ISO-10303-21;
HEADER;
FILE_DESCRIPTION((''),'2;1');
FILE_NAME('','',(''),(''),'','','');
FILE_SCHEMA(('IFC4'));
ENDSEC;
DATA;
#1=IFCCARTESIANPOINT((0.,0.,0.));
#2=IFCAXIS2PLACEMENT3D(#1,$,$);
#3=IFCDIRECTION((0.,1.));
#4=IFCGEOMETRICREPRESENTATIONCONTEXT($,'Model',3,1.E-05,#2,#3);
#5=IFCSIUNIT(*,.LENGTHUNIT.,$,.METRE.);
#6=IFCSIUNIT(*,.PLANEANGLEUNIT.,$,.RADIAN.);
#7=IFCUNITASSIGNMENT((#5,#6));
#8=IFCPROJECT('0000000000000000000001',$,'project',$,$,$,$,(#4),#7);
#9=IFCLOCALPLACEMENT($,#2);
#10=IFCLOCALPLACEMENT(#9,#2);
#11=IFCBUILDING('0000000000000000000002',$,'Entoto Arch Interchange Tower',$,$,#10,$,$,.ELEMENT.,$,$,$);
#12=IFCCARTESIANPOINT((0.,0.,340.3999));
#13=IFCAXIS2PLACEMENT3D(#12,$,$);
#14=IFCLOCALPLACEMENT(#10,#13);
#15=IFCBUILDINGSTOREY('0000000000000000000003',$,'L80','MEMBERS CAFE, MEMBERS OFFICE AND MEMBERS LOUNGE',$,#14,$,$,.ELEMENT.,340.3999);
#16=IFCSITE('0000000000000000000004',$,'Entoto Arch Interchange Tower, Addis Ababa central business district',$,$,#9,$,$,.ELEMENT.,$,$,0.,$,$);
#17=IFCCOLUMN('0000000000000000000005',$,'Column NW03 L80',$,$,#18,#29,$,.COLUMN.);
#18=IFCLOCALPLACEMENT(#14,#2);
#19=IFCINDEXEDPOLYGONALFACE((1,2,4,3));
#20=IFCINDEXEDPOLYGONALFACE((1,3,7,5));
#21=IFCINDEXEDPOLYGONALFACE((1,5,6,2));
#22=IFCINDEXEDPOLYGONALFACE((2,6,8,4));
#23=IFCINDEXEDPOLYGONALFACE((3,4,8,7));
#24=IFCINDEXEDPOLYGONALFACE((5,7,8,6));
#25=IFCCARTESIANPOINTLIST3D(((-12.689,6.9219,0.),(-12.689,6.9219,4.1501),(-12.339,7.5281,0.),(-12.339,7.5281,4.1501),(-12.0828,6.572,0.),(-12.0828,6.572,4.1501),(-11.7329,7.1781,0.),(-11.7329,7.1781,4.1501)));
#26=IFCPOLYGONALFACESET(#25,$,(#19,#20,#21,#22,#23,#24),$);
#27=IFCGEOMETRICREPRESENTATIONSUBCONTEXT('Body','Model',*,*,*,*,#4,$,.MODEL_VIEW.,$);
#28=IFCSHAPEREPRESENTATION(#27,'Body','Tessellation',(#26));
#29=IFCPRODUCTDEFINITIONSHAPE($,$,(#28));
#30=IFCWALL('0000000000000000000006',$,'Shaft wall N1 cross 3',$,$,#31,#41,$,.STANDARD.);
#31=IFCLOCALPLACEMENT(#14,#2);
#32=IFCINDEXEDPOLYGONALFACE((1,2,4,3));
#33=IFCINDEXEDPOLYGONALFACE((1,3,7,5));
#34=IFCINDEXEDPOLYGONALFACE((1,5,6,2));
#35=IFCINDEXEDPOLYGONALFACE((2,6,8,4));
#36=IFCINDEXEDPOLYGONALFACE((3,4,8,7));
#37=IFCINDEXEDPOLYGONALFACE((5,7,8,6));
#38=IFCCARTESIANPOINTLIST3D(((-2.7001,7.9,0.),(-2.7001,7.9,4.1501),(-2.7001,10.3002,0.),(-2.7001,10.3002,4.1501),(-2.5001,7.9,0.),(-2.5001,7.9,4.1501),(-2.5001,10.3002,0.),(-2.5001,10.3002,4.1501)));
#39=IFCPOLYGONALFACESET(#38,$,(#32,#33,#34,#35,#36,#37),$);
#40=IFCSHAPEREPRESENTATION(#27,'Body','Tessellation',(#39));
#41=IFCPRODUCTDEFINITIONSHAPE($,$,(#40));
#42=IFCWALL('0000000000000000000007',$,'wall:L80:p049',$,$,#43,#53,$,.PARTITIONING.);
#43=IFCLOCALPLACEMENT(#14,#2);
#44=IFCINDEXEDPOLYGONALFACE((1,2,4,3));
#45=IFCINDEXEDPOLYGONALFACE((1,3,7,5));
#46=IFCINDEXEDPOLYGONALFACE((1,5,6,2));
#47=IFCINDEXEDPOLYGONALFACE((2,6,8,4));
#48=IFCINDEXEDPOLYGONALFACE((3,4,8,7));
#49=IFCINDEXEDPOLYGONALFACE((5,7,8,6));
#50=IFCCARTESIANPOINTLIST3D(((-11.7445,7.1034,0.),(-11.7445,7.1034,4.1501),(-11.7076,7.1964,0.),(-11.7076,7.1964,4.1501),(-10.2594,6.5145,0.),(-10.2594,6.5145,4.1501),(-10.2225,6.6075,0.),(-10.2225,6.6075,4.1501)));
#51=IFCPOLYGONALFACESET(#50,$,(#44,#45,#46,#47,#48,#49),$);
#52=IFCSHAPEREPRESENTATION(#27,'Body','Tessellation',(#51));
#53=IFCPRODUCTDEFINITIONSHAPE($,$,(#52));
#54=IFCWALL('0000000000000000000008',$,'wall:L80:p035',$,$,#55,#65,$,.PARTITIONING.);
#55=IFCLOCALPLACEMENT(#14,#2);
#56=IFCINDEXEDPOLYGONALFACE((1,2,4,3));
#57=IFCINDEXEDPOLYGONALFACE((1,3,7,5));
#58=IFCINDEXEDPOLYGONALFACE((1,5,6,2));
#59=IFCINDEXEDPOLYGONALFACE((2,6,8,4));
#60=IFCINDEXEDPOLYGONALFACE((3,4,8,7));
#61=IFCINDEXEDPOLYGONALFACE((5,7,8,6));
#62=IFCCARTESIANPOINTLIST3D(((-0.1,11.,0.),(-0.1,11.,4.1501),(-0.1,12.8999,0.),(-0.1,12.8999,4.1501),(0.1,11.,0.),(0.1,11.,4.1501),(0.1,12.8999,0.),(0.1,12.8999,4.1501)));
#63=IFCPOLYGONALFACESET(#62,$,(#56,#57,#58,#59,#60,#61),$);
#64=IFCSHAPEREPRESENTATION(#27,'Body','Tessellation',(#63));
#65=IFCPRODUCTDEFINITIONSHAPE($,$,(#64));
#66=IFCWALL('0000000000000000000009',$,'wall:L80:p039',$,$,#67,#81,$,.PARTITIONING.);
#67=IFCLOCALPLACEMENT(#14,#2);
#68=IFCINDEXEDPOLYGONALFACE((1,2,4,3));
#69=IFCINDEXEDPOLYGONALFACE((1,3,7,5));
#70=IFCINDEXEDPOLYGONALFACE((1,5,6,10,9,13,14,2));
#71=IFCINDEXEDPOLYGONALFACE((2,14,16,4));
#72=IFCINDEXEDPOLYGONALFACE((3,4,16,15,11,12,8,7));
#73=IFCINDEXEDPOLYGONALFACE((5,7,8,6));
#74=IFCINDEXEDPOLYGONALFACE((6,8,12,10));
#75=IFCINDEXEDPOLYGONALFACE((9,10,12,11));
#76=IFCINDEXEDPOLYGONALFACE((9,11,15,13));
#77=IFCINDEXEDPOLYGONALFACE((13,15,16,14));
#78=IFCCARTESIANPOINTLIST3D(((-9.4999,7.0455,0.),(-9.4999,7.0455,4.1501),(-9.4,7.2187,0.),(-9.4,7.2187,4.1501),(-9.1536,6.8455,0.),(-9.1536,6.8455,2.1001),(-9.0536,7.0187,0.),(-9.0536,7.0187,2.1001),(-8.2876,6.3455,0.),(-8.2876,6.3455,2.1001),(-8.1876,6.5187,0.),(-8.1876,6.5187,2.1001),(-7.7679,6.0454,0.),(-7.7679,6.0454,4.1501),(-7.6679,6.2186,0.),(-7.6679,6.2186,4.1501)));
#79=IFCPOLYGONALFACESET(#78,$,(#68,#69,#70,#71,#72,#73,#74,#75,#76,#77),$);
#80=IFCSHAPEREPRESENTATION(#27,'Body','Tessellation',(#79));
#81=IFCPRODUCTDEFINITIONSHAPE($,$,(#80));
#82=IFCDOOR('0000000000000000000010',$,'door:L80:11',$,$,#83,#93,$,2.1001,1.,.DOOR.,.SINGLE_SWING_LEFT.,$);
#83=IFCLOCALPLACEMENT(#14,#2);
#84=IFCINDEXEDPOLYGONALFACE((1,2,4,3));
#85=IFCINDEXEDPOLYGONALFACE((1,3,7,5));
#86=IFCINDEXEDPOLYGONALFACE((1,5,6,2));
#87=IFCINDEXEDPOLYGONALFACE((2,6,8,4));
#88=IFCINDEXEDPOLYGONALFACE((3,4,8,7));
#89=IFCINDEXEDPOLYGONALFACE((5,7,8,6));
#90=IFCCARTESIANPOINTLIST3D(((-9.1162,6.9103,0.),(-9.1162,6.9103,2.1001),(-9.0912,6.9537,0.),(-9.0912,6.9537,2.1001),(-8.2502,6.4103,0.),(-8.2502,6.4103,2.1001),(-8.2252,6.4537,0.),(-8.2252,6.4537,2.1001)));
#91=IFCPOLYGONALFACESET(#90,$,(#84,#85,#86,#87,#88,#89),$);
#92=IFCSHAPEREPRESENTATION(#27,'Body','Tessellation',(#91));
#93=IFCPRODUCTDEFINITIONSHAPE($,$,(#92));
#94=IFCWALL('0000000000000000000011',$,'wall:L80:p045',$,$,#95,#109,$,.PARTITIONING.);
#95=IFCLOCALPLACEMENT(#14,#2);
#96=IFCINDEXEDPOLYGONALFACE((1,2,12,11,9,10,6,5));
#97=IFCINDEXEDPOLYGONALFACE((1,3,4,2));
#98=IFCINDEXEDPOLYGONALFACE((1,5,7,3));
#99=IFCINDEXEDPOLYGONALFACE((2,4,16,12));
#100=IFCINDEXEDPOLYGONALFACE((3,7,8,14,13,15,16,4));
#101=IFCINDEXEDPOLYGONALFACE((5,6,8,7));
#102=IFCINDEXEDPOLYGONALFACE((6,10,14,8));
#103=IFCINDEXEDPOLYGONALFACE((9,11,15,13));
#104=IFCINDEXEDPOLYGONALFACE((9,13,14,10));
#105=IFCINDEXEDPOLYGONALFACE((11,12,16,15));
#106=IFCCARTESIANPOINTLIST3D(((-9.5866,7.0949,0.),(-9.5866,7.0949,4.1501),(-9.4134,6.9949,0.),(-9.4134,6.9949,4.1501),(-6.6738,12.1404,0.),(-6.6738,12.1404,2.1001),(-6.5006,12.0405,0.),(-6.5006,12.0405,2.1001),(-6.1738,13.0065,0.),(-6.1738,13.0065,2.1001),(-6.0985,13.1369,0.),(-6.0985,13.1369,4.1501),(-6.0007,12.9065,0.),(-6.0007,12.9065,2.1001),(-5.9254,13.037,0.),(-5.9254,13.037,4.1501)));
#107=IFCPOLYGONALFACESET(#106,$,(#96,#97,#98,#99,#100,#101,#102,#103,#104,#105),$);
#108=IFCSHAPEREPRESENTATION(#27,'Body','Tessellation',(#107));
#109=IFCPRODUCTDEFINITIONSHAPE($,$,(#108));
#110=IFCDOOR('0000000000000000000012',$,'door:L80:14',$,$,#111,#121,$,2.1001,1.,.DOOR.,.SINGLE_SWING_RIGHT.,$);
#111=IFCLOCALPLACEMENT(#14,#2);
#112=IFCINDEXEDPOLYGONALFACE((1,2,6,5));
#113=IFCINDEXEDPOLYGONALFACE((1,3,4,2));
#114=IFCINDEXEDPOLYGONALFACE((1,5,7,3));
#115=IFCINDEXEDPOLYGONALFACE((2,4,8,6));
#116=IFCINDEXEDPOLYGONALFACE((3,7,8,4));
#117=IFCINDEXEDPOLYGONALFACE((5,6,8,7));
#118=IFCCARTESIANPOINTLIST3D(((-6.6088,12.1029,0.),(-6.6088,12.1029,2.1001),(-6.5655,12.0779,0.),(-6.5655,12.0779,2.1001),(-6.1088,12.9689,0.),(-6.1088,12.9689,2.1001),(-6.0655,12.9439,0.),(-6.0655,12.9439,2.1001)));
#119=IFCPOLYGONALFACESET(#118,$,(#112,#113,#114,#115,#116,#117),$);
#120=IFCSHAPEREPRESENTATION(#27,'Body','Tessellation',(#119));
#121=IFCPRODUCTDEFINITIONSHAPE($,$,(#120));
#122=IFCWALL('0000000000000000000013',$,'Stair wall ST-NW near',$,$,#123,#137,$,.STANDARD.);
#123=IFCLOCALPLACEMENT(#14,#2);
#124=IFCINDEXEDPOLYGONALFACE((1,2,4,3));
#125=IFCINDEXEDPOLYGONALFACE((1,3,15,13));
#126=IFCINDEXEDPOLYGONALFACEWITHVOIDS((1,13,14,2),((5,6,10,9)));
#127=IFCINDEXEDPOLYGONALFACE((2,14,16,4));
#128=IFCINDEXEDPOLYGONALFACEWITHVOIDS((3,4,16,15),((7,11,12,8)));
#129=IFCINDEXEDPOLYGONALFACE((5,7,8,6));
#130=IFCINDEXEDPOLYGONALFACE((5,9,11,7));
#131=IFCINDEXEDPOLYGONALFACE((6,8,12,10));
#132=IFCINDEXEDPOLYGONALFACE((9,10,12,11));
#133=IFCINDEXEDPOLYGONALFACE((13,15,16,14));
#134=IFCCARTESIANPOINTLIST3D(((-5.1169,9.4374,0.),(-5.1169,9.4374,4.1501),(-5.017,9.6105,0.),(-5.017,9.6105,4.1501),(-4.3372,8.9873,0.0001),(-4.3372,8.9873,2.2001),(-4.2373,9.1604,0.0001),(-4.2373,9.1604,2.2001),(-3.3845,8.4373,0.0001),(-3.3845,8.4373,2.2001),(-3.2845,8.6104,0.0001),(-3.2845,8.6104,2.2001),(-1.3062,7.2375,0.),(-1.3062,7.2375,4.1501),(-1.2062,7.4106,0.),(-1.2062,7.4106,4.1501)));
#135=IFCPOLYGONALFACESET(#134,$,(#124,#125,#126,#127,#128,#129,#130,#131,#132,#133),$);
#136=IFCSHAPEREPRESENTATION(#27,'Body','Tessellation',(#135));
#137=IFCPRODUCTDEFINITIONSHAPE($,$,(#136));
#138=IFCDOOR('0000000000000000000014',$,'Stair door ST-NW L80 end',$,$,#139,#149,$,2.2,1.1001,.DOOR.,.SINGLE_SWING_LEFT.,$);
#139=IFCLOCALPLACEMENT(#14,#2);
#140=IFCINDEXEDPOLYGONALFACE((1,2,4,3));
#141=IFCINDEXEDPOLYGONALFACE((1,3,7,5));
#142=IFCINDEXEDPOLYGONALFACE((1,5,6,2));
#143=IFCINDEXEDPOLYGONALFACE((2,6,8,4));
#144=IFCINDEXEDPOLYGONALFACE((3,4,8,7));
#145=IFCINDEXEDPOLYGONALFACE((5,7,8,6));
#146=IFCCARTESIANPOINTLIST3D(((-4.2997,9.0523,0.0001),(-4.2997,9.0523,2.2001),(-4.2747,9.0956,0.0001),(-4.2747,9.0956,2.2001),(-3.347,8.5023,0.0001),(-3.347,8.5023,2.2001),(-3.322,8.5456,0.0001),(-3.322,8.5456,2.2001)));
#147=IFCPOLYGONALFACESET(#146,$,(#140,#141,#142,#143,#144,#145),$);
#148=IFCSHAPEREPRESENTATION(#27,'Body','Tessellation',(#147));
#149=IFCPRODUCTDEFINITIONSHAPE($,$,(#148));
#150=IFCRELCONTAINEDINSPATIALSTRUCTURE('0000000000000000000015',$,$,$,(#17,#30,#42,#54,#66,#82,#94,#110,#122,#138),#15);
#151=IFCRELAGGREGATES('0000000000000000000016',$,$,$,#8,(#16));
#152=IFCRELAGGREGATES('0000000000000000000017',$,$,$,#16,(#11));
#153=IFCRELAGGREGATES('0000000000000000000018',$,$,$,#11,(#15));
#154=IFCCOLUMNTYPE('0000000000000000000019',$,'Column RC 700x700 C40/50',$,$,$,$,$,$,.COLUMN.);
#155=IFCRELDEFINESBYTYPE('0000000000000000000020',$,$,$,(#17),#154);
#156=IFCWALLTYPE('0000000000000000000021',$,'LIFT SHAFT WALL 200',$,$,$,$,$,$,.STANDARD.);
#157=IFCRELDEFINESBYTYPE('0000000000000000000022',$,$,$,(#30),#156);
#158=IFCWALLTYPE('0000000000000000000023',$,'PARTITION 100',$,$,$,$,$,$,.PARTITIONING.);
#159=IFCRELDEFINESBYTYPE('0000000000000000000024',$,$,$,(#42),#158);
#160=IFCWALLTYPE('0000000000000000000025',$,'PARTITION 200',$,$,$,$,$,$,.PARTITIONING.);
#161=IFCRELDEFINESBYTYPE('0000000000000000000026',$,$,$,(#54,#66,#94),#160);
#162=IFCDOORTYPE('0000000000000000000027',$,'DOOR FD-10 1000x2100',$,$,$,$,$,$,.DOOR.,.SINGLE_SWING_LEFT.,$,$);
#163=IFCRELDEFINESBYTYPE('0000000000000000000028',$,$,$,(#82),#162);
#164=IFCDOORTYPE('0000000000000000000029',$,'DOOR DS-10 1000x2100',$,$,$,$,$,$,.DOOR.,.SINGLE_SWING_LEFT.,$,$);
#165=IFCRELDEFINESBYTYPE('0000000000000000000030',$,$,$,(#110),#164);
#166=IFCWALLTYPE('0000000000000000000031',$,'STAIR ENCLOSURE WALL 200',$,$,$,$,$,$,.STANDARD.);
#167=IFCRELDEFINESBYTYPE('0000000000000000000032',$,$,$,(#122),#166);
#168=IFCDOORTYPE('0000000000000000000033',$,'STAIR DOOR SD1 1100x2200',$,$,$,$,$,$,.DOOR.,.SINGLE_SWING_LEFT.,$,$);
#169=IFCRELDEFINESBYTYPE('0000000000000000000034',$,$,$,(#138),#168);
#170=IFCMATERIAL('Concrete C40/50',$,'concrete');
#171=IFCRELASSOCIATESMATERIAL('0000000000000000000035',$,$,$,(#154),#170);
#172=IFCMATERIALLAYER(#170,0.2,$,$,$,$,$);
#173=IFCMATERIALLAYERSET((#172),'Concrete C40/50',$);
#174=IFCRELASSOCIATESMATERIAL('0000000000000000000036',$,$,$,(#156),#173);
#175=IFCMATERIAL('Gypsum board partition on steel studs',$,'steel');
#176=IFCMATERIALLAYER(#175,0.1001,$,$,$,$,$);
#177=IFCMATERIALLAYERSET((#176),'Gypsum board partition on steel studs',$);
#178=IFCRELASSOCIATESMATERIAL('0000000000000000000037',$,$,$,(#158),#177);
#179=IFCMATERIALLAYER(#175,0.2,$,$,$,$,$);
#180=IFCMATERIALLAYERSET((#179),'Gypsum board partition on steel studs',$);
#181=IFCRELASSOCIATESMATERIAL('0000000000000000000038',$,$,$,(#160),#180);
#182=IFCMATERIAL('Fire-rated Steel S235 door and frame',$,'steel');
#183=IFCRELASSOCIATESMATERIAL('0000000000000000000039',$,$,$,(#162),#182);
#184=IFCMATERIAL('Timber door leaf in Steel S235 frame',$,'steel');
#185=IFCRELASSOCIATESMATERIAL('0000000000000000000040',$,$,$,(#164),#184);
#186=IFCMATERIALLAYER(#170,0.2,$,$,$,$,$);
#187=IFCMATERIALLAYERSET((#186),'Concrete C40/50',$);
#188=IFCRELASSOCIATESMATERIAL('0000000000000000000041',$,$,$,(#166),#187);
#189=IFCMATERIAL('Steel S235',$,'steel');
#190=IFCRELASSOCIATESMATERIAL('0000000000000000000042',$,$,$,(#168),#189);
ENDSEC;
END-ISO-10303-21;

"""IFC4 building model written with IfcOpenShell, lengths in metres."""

from ifc_helpers import new_model, si_unit, direction, frame, frame_2d, origin, origin_2d, place, context, subcontext, project, spatial, rectangle, extrude, material, layer, layer_set, material_profile, profile_set, type_object, element, fill, save


model = new_model("IFC4")

# Units and contexts
model_context = context("Model", 3, precision=1e-05, world=origin(), true_north=direction((0.0, 1.0)))
body_context = subcontext(model_context, "Body", "Model", "MODEL_VIEW")
ifc_project = project(units=[si_unit("LENGTHUNIT", "METRE"), si_unit("PLANEANGLEUNIT", "RADIAN")], contexts=[model_context])

# Site, building, storey
site_placement = place(None, origin())
site = spatial("IfcSite", under=ifc_project, at=site_placement, Name="Entoto Arch Interchange Tower, Addis Ababa central business district", CompositionType="ELEMENT", RefElevation=0.0)
building_placement = place(site_placement, origin())
building = spatial("IfcBuilding", under=site, at=building_placement, Name="Entoto Arch Interchange Tower", CompositionType="ELEMENT")
storey_placement = place(building_placement, frame((0.0, 0.0, 340.3999)))
storey = spatial("IfcBuildingStorey", under=building, at=storey_placement, Name="L80", Description="MEMBERS CAFE, MEMBERS OFFICE AND MEMBERS LOUNGE", CompositionType="ELEMENT", Elevation=340.3999)

# Column
ifc_material_1 = material(Name="Concrete C40/50", Category="concrete")
ifc_material_profile = material_profile(ifc_material_1, rectangle(XDim=0.7, YDim=0.7, at=origin_2d()))
ifc_profile_set = profile_set([ifc_material_profile], Name="Concrete C40/50")
column_type = type_object("IfcColumnType", Name="Column RC 700x700 C40/50", PredefinedType="COLUMN", material=ifc_profile_set)
column_placement = place(storey_placement, frame((-12.2109, 7.05, 0.0), z_axis=(0.0, 0.0, 1.0), x_axis=(0.5, 0.866025, 0.0)))
element("IfcColumn", 1, at=column_placement, inside=storey, type_object=column_type, Name="Column NW03 L80", PredefinedType="COLUMN", context=body_context, shape_type="SweptSolid", body=[
    extrude(rectangle(XDim=0.7, YDim=0.7, at=origin_2d()), origin(), (0.0, 0.0, 1.0), 4.1501),
])

# Walls
ifc_layer_1 = layer(ifc_material_1, 0.2)
ifc_layer_set_1 = layer_set([ifc_layer_1], Name="Concrete C40/50")
wall_type_1 = type_object("IfcWallType", Name="LIFT SHAFT WALL 200", PredefinedType="STANDARD", material=ifc_layer_set_1)
wall_1_placement = place(storey_placement, frame((-2.6001, 7.8999, 0.0), z_axis=(0.0, 0.0, 1.0), x_axis=(0.0, 1.0, 0.0)))
element("IfcWall", 2, at=wall_1_placement, inside=storey, type_object=wall_type_1, Name="Shaft wall N1 cross 3", PredefinedType="STANDARD", context=body_context, shape_type="SweptSolid", body=[
    extrude(rectangle(XDim=2.4001, YDim=0.2, at=frame_2d((1.2002, 0.0))), origin(), (0.0, 0.0, 1.0), 4.1501),
])
ifc_material_2 = material(Name="Gypsum board partition on steel studs", Category="steel")
ifc_layer_2 = layer(ifc_material_2, 0.1001)
ifc_layer_set_2 = layer_set([ifc_layer_2], Name="Gypsum board partition on steel studs")
wall_type_2 = type_object("IfcWallType", Name="PARTITION 100", PredefinedType="PARTITIONING", material=ifc_layer_set_2)
wall_2_placement = place(storey_placement, frame((-11.7261, 7.1499, 0.0), z_axis=(0.0, 0.0, 1.0), x_axis=(0.92959, -0.368596, 0.0)))
element("IfcWall", 3, at=wall_2_placement, inside=storey, type_object=wall_type_2, Name="wall:L80:p049", PredefinedType="PARTITIONING", context=body_context, shape_type="SweptSolid", body=[
    extrude(rectangle(XDim=1.5977, YDim=0.1001, at=frame_2d((0.7988, 0.0))), origin(), (0.0, 0.0, 1.0), 4.1501),
])
ifc_layer_3 = layer(ifc_material_2, 0.2)
ifc_layer_set_3 = layer_set([ifc_layer_3], Name="Gypsum board partition on steel studs")
wall_type_3 = type_object("IfcWallType", Name="PARTITION 200", PredefinedType="PARTITIONING", material=ifc_layer_set_3)
wall_3_placement = place(storey_placement, frame((0.0, 11.0, 0.0), z_axis=(0.0, 0.0, 1.0), x_axis=(0.0, 1.0, 0.0)))
element("IfcWall", 4, at=wall_3_placement, inside=storey, type_object=wall_type_3, Name="wall:L80:p035", PredefinedType="PARTITIONING", context=body_context, shape_type="SweptSolid", body=[
    extrude(rectangle(XDim=1.8999, YDim=0.2, at=frame_2d((0.95, 0.0))), origin(), (0.0, 0.0, 1.0), 4.1501),
])

# Walls, openings, doors
wall_4_placement = place(storey_placement, frame((-9.45, 7.1321, 0.0), z_axis=(0.0, 0.0, 1.0), x_axis=(0.866011, -0.500025, 0.0)))
wall_4 = element("IfcWall", 5, at=wall_4_placement, inside=storey, type_object=wall_type_3, Name="wall:L80:p039", PredefinedType="PARTITIONING", context=body_context, shape_type="SweptSolid", body=[
    extrude(rectangle(XDim=2.0, YDim=0.2, at=frame_2d((1.0, 0.0))), origin(), (0.0, 0.0, 1.0), 4.1501),
])
opening_1_placement = place(wall_4_placement, frame((0.3999, 0.0, 0.0)))
opening_1 = element("IfcOpeningElement", 6, at=opening_1_placement, cuts=wall_4, PredefinedType="OPENING", context=body_context, shape_type="SweptSolid", body=[
    extrude(rectangle(XDim=1.0, YDim=2.1001, at=frame_2d((0.5, 1.05))), frame((0.0, 0.1099, 0.0), z_axis=(0.0, -1.0, 0.0), x_axis=(1.0, 0.0, 0.0)), (0.0, 0.0, 1.0), 0.22),
])
ifc_material_3 = material(Name="Fire-rated Steel S235 door and frame", Category="steel")
door_type_1 = type_object("IfcDoorType", Name="DOOR FD-10 1000x2100", OperationType="SINGLE_SWING_LEFT", PredefinedType="DOOR", material=ifc_material_3)
door_1_placement = place(opening_1_placement, origin())
door_1 = element("IfcDoor", 7, at=door_1_placement, inside=storey, type_object=door_type_1, Name="door:L80:11", OperationType="SINGLE_SWING_LEFT", OverallHeight=2.1001, OverallWidth=1.0, PredefinedType="DOOR", context=body_context, shape_type="SweptSolid", body=[
    extrude(rectangle(XDim=1.0, YDim=2.1001, at=frame_2d((0.5, 1.05))), frame((0.0, 0.0249, 0.0), z_axis=(0.0, -1.0, 0.0), x_axis=(1.0, 0.0, 0.0)), (0.0, 0.0, 1.0), 0.05),
])
fill(opening_1, door_1)
wall_5_placement = place(storey_placement, frame((-9.5, 7.0449, 0.0), z_axis=(0.0, 0.0, 1.0), x_axis=(0.499967, 0.866045, 0.0)))
wall_5 = element("IfcWall", 8, at=wall_5_placement, inside=storey, type_object=wall_type_3, Name="wall:L80:p045", PredefinedType="PARTITIONING", context=body_context, shape_type="SweptSolid", body=[
    extrude(rectangle(XDim=6.9766, YDim=0.2, at=frame_2d((3.4883, 0.0))), origin(), (0.0, 0.0, 1.0), 4.1501),
])
opening_2_placement = place(wall_5_placement, frame((5.8259, 0.0, 0.0)))
opening_2 = element("IfcOpeningElement", 9, at=opening_2_placement, cuts=wall_5, PredefinedType="OPENING", context=body_context, shape_type="SweptSolid", body=[
    extrude(rectangle(XDim=1.0, YDim=2.1001, at=frame_2d((0.5, 1.05))), frame((0.0, 0.1099, 0.0), z_axis=(0.0, -1.0, 0.0), x_axis=(1.0, 0.0, 0.0)), (0.0, 0.0, 1.0), 0.22),
])
ifc_material_4 = material(Name="Timber door leaf in Steel S235 frame", Category="steel")
door_type_2 = type_object("IfcDoorType", Name="DOOR DS-10 1000x2100", OperationType="SINGLE_SWING_LEFT", PredefinedType="DOOR", material=ifc_material_4)
door_2_placement = place(opening_2_placement, origin())
door_2 = element("IfcDoor", 10, at=door_2_placement, inside=storey, type_object=door_type_2, Name="door:L80:14", OperationType="SINGLE_SWING_RIGHT", OverallHeight=2.1001, OverallWidth=1.0, PredefinedType="DOOR", context=body_context, shape_type="SweptSolid", body=[
    extrude(rectangle(XDim=1.0, YDim=2.1001, at=frame_2d((0.5, 1.05))), frame((0.0, 0.0249, 0.0), z_axis=(0.0, -1.0, 0.0), x_axis=(1.0, 0.0, 0.0)), (0.0, 0.0, 1.0), 0.05),
])
fill(opening_2, door_2)
ifc_layer_4 = layer(ifc_material_1, 0.2)
ifc_layer_set_4 = layer_set([ifc_layer_4], Name="Concrete C40/50")
wall_type_4 = type_object("IfcWallType", Name="STAIR ENCLOSURE WALL 200", PredefinedType="STANDARD", material=ifc_layer_set_4)
wall_6_placement = place(storey_placement, frame((-1.2561, 7.324, 0.0), z_axis=(0.0, 0.0, 1.0), x_axis=(-0.866046, 0.499964, 0.0)))
wall_6 = element("IfcWall", 11, at=wall_6_placement, inside=storey, type_object=wall_type_4, Name="Stair wall ST-NW near", PredefinedType="STANDARD", context=body_context, shape_type="SweptSolid", body=[
    extrude(rectangle(XDim=4.4001, YDim=0.2, at=frame_2d((2.2002, 0.0))), origin(), (0.0, 0.0, 1.0), 4.1501),
])
opening_3_placement = place(wall_6_placement, frame((2.3999, 0.0, 0.0)))
opening_3 = element("IfcOpeningElement", 12, at=opening_3_placement, cuts=wall_6, PredefinedType="OPENING", context=body_context, shape_type="SweptSolid", body=[
    extrude(rectangle(XDim=1.1001, YDim=2.2, at=frame_2d((0.55, 1.1001))), frame((0.0, 0.1099, 0.0), z_axis=(0.0, -1.0, 0.0), x_axis=(1.0, 0.0, 0.0)), (0.0, 0.0, 1.0), 0.22),
])
ifc_material_5 = material(Name="Steel S235", Category="steel")
door_type_3 = type_object("IfcDoorType", Name="STAIR DOOR SD1 1100x2200", OperationType="SINGLE_SWING_LEFT", PredefinedType="DOOR", material=ifc_material_5)
door_3_placement = place(opening_3_placement, origin())
door_3 = element("IfcDoor", 13, at=door_3_placement, inside=storey, type_object=door_type_3, Name="Stair door ST-NW L80 end", OperationType="SINGLE_SWING_LEFT", OverallHeight=2.2, OverallWidth=1.1001, PredefinedType="DOOR", context=body_context, shape_type="SweptSolid", body=[
    extrude(rectangle(XDim=1.1001, YDim=2.2, at=frame_2d((0.55, 1.1001))), frame((0.0, 0.0249, 0.0), z_axis=(0.0, -1.0, 0.0), x_axis=(1.0, 0.0, 0.0)), (0.0, 0.0, 1.0), 0.05),
])
fill(opening_3, door_3)

save(model, "model.ifc")
